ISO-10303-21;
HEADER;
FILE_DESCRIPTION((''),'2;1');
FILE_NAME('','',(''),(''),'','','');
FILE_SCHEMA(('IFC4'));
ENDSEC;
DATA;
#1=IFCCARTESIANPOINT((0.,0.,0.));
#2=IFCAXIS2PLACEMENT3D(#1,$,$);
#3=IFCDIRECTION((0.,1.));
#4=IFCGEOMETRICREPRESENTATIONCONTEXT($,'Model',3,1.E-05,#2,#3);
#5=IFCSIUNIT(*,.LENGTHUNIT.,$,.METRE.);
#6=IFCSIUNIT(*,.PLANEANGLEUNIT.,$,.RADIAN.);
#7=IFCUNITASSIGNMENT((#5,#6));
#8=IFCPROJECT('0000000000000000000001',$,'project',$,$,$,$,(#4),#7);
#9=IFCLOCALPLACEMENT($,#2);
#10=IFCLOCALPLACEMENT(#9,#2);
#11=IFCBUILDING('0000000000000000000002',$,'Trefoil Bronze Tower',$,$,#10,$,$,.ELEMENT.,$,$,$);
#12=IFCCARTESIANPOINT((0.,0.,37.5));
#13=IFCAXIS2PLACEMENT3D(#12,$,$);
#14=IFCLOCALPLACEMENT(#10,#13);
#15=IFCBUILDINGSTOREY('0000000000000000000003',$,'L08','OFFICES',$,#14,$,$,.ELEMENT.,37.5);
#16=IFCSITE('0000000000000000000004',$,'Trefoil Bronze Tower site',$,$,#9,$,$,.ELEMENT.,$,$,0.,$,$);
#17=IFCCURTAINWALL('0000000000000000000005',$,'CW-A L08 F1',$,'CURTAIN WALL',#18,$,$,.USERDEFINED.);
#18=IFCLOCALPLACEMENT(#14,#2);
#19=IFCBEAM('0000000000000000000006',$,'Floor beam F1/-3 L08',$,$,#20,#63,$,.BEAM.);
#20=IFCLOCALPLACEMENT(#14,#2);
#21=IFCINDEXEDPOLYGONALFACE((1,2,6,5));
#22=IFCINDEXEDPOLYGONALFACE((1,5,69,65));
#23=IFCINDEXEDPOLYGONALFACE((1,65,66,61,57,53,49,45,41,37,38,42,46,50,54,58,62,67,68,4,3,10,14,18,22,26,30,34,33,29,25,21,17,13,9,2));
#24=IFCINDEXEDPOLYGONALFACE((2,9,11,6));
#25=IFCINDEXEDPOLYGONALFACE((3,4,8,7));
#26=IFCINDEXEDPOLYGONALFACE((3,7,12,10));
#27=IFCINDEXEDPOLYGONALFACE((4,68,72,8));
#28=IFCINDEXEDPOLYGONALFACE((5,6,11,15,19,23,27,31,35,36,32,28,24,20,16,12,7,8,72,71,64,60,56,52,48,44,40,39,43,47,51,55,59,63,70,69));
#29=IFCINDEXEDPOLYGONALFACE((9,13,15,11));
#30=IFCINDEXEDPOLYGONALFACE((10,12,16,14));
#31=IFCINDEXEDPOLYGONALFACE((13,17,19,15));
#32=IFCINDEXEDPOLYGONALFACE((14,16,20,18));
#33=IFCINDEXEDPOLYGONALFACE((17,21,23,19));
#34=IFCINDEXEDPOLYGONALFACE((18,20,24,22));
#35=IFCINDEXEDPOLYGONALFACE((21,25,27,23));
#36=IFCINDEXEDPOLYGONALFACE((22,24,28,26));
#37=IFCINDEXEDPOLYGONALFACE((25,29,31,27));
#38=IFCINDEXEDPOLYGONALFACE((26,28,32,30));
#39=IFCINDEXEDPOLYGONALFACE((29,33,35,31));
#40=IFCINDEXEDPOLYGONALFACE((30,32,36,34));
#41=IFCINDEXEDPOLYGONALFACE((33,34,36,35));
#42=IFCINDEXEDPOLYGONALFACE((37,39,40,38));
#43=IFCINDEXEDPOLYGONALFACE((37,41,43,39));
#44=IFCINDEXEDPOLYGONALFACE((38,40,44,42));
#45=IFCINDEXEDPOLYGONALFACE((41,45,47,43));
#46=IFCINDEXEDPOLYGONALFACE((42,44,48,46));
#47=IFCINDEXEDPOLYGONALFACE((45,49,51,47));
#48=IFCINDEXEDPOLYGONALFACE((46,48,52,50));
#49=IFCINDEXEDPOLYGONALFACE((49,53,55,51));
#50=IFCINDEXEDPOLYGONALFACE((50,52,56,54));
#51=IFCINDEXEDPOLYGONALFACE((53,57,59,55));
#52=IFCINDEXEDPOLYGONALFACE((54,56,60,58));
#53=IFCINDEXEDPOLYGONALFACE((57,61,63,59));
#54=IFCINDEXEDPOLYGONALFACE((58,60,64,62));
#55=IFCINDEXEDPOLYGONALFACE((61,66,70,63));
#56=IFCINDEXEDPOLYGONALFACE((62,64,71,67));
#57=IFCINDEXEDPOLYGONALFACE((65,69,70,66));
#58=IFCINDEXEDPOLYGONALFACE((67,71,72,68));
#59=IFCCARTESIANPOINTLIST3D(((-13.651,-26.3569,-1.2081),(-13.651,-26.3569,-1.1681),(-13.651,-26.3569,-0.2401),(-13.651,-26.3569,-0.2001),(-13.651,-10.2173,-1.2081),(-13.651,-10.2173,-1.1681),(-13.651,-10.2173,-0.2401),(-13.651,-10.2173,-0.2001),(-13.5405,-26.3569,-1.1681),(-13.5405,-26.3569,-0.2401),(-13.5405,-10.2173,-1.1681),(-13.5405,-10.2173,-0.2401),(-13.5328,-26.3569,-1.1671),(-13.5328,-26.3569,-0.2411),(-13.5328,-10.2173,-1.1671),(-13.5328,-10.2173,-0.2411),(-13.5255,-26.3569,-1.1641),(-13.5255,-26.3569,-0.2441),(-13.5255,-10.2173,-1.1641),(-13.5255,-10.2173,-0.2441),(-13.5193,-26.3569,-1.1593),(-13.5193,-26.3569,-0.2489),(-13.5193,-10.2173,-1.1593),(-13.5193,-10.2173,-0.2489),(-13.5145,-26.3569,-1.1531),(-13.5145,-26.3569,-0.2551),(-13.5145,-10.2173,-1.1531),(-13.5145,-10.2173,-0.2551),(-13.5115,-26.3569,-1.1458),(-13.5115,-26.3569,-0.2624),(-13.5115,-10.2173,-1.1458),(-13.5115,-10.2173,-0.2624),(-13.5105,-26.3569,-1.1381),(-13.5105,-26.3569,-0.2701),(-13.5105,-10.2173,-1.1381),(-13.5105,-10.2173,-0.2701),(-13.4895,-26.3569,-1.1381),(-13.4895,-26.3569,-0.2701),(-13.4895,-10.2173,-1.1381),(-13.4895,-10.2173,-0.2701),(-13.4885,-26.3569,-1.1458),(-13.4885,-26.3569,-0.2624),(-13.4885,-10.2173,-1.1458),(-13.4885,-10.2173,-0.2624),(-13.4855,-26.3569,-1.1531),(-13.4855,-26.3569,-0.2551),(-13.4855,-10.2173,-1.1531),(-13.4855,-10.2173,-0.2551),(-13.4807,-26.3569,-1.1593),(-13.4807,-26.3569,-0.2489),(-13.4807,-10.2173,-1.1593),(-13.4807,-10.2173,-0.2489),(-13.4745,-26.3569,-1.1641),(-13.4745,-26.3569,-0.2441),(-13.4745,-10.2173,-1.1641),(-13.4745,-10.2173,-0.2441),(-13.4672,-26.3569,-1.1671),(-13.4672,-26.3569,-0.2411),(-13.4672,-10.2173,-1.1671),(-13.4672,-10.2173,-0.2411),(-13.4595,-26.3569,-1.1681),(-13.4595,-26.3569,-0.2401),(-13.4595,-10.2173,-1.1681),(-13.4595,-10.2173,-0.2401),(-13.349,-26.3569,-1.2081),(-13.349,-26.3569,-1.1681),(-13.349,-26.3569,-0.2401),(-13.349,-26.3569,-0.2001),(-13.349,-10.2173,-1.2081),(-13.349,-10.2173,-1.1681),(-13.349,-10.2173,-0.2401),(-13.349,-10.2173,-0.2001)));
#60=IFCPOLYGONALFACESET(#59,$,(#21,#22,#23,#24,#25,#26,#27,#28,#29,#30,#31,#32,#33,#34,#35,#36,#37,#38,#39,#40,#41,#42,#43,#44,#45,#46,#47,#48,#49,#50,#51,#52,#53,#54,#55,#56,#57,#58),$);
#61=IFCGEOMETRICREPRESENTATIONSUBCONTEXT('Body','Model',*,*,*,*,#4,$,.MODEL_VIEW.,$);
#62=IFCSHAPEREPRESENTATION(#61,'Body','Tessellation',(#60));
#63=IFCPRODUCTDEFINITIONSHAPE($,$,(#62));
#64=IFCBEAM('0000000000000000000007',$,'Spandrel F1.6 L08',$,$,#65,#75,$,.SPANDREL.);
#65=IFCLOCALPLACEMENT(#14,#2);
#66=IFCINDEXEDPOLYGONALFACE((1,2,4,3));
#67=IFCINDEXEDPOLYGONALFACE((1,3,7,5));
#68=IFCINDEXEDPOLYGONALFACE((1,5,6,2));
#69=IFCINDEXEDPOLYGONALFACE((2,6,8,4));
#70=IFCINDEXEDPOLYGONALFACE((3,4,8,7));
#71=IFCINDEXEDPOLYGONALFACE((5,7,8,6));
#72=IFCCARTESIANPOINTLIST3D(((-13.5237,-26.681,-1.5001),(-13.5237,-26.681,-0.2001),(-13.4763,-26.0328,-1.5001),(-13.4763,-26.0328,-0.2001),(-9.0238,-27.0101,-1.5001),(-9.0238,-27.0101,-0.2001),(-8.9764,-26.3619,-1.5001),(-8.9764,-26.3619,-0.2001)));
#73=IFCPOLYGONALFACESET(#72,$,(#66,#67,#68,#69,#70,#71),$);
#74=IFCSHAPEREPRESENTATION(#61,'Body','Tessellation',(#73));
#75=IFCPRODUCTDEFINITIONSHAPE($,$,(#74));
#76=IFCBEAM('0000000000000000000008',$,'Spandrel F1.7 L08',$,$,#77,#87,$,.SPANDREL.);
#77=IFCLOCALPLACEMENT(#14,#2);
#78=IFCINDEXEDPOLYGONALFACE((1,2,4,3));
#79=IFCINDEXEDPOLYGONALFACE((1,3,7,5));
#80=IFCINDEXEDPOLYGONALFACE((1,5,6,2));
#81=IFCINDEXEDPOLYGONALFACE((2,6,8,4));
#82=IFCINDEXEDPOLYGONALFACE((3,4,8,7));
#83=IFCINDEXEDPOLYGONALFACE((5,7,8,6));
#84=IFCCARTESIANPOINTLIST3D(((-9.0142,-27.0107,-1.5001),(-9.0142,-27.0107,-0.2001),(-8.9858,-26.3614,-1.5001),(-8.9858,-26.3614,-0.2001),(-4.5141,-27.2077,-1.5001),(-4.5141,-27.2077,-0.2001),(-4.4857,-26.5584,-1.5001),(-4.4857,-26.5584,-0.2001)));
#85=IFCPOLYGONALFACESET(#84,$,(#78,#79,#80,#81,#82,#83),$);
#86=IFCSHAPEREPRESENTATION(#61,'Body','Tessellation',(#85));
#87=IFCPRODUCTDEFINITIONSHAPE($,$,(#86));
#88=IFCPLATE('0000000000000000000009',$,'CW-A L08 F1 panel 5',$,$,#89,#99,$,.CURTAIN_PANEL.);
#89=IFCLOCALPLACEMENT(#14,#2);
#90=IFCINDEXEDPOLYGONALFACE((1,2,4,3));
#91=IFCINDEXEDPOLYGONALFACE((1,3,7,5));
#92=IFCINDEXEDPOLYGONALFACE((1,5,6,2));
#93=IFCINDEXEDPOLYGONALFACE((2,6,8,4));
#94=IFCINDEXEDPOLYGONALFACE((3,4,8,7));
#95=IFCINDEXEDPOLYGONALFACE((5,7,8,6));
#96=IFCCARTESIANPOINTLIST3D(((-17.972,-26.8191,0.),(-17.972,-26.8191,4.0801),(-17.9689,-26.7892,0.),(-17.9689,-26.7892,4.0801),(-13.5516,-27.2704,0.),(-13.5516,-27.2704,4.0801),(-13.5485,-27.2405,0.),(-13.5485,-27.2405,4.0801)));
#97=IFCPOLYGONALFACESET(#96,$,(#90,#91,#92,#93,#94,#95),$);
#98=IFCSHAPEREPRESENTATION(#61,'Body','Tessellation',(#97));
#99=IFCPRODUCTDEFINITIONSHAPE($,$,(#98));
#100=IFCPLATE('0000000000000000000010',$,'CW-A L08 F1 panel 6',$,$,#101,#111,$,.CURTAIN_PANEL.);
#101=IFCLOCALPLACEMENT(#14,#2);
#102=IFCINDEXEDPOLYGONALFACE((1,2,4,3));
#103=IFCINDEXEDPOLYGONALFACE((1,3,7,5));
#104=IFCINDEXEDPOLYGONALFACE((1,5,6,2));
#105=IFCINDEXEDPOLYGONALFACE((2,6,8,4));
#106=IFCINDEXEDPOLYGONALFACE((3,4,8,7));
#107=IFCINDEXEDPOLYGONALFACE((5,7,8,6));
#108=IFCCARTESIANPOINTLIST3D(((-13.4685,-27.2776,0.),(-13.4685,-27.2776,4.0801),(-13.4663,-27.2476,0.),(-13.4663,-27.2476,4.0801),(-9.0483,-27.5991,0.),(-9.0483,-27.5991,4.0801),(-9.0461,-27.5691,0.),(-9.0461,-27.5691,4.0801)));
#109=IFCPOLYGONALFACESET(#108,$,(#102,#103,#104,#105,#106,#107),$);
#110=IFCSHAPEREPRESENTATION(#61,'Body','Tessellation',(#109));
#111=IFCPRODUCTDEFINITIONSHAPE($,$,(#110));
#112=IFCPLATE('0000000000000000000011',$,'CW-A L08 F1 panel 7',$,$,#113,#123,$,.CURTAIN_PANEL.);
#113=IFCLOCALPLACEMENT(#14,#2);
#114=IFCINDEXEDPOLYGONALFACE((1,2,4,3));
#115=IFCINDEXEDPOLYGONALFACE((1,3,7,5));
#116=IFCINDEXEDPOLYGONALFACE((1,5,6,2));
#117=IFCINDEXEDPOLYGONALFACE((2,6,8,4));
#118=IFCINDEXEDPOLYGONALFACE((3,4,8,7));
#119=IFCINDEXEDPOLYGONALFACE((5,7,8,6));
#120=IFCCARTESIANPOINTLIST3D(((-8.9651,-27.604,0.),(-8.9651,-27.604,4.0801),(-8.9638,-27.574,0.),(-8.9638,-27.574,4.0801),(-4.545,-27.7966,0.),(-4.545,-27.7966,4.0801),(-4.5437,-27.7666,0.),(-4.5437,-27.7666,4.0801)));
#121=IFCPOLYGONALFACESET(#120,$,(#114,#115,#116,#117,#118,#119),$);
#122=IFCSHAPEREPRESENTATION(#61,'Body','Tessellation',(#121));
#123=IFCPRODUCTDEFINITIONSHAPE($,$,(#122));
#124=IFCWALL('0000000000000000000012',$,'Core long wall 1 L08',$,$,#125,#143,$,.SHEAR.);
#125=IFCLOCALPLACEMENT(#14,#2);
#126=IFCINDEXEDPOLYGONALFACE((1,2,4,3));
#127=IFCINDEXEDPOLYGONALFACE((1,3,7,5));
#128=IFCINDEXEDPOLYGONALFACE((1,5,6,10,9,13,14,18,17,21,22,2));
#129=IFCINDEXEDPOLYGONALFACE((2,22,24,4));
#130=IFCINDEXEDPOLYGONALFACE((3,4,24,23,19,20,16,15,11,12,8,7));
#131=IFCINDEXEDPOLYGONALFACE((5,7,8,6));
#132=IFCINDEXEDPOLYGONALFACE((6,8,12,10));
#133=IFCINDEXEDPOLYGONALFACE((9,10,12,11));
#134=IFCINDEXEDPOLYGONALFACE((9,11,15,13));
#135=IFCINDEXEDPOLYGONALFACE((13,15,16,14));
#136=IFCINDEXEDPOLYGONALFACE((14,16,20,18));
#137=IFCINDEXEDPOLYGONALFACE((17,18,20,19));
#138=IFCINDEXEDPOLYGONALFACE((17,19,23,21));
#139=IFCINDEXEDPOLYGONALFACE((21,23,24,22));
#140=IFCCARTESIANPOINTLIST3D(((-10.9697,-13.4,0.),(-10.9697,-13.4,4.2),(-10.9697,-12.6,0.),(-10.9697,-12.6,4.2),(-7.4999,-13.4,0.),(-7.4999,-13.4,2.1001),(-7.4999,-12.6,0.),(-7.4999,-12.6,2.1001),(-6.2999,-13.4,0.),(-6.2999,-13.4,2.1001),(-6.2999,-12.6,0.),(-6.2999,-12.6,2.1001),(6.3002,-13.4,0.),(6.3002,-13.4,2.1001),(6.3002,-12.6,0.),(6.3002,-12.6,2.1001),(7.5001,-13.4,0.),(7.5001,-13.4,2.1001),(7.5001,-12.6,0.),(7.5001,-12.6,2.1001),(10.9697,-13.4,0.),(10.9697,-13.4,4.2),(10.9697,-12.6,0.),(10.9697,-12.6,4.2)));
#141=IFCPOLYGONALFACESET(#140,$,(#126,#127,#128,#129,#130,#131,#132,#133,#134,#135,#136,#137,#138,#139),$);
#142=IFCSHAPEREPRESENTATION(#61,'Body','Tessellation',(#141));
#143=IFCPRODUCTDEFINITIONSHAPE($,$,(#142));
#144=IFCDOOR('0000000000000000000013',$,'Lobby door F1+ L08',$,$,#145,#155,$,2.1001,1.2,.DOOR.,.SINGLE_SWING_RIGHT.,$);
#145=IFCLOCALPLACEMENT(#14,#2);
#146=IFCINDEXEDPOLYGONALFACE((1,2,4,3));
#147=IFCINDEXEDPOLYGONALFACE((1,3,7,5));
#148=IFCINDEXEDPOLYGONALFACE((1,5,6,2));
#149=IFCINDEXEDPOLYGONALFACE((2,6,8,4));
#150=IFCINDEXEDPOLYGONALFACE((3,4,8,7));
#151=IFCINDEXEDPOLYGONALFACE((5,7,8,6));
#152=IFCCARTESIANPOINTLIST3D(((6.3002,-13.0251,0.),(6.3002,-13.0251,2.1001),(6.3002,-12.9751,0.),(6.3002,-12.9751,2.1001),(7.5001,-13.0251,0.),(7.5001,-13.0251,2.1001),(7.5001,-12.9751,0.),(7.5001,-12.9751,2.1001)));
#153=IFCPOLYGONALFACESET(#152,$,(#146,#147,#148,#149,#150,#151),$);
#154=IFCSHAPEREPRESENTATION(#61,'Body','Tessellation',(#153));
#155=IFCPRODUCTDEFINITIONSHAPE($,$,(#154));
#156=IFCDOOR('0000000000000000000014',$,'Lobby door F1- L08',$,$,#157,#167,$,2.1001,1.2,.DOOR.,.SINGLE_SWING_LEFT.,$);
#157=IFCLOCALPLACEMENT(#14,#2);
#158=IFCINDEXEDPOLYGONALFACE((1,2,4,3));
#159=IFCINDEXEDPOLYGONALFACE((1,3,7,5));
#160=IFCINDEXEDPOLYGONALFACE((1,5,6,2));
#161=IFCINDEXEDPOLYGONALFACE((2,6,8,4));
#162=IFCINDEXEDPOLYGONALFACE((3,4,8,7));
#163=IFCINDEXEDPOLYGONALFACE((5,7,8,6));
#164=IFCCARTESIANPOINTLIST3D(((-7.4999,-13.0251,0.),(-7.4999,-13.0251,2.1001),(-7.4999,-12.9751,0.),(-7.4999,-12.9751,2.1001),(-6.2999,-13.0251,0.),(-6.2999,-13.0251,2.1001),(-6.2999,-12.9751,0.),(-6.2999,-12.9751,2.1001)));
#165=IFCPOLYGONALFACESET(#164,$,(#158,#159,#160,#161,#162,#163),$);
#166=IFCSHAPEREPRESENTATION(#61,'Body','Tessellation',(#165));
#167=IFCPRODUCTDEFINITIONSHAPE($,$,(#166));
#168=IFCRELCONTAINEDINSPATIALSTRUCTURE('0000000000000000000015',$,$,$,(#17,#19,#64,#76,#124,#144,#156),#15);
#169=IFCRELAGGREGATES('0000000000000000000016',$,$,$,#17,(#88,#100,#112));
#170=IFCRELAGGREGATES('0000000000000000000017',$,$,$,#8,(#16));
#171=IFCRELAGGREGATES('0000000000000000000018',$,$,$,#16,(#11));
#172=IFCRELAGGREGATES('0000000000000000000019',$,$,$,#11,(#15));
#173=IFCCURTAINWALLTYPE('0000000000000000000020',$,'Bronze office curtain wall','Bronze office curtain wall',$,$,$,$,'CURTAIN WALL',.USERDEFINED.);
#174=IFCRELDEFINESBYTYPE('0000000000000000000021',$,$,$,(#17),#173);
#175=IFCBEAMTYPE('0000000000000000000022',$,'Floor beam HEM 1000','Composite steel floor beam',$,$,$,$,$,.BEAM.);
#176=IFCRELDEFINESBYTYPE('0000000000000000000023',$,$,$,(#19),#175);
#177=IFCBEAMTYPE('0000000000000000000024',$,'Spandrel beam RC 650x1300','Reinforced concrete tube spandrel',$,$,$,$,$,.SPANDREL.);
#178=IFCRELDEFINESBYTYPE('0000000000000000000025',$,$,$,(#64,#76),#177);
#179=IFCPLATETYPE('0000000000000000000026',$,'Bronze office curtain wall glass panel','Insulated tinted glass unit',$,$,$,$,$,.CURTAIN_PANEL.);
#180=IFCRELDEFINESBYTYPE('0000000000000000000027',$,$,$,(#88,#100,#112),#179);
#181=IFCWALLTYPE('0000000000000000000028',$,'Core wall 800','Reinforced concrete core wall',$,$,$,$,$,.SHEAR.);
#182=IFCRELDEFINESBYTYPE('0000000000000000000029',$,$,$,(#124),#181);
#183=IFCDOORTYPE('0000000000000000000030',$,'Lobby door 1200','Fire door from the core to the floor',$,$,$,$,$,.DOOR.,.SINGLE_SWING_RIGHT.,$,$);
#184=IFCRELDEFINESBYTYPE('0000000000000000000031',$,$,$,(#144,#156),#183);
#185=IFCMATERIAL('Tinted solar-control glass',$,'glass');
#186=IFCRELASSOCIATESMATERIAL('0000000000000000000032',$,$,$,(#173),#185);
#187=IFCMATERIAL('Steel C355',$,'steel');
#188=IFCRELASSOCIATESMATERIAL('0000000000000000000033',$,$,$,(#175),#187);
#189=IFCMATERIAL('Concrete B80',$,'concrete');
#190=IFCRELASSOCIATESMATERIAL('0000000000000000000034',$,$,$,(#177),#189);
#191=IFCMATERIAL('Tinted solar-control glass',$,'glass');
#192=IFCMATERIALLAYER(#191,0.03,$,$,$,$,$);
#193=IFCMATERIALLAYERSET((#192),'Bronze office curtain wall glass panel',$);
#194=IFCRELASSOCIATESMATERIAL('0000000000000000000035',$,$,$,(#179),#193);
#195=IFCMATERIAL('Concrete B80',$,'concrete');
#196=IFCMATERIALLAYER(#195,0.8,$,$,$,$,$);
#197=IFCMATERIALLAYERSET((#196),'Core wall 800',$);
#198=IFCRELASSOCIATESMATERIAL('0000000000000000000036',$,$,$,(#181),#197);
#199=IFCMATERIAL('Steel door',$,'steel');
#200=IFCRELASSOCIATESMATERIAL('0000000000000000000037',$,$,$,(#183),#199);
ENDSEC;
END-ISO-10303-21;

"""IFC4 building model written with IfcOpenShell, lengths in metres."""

from ifc_helpers import new_model, si_unit, direction, frame, frame_2d, origin, origin_2d, place, context, subcontext, project, spatial, rectangle, i_section, extrude, material, layer, layer_set, material_profile, profile_set, type_object, element, fill, aggregate, save


model = new_model("IFC4")

# Units and contexts
model_context = context("Model", 3, precision=1e-05, world=origin(), true_north=direction((0.0, 1.0)))
body_context = subcontext(model_context, "Body", "Model", "MODEL_VIEW")
ifc_project = project(units=[si_unit("LENGTHUNIT", "METRE"), si_unit("PLANEANGLEUNIT", "RADIAN")], contexts=[model_context])

# Site, building, storey
site_placement = place(None, origin())
site = spatial("IfcSite", under=ifc_project, at=site_placement, Name="Trefoil Bronze Tower site", CompositionType="ELEMENT", RefElevation=0.0)
building_placement = place(site_placement, origin())
building = spatial("IfcBuilding", under=site, at=building_placement, Name="Trefoil Bronze Tower", CompositionType="ELEMENT")
storey_placement = place(building_placement, frame((0.0, 0.0, 37.5)))
storey = spatial("IfcBuildingStorey", under=building, at=storey_placement, Name="L08", Description="OFFICES", CompositionType="ELEMENT", Elevation=37.5)

# Curtain wall
ifc_material_1 = material(Name="Tinted solar-control glass", Category="glass")
curtain_wall_type = type_object("IfcCurtainWallType", Name="Bronze office curtain wall", Description="Bronze office curtain wall", ElementType="CURTAIN WALL", PredefinedType="USERDEFINED", material=ifc_material_1)
curtain_wall_placement = place(storey_placement, origin())
curtain_wall = element("IfcCurtainWall", 1, at=curtain_wall_placement, inside=storey, type_object=curtain_wall_type, Name="CW-A L08 F1", ObjectType="CURTAIN WALL", PredefinedType="USERDEFINED")

# Beams
ifc_material_2 = material(Name="Steel C355", Category="steel")
ifc_material_profile_1 = material_profile(ifc_material_2, i_section(OverallWidth=0.302, OverallDepth=1.0081, WebThickness=0.021, FlangeThickness=0.04, FilletRadius=0.03, at=origin_2d()), Name="HEM 1000")
ifc_profile_set_1 = profile_set([ifc_material_profile_1], Name="Steel C355")
beam_type_1 = type_object("IfcBeamType", Name="Floor beam HEM 1000", Description="Composite steel floor beam", PredefinedType="BEAM", material=ifc_profile_set_1)
beam_1_placement = place(storey_placement, frame((-13.5, -26.3569, -0.7041), z_axis=(0.0, 1.0, 0.0), x_axis=(-1.0, 0.0, 0.0)))
element("IfcBeam", 2, at=beam_1_placement, inside=storey, type_object=beam_type_1, Name="Floor beam F1/-3 L08", PredefinedType="BEAM", context=body_context, shape_type="SweptSolid", body=[
    extrude(i_section(OverallWidth=0.302, OverallDepth=1.0081, WebThickness=0.021, FlangeThickness=0.04, FilletRadius=0.03, at=origin_2d()), origin(), (0.0, 0.0, 1.0), 16.1396),
])
ifc_material_3 = material(Name="Concrete B80", Category="concrete")
ifc_material_profile_2 = material_profile(ifc_material_3, rectangle(XDim=0.6499, YDim=1.3, at=origin_2d()), Name="RC 650x1300")
ifc_profile_set_2 = profile_set([ifc_material_profile_2], Name="Concrete B80")
beam_type_2 = type_object("IfcBeamType", Name="Spandrel beam RC 650x1300", Description="Reinforced concrete tube spandrel", PredefinedType="SPANDREL", material=ifc_profile_set_2)
beam_2_placement = place(storey_placement, frame((-13.5, -26.3569, -0.8501), z_axis=(0.997336, -0.072939, 0.0), x_axis=(0.072939, 0.997336, 0.0)))
element("IfcBeam", 3, at=beam_2_placement, inside=storey, type_object=beam_type_2, Name="Spandrel F1.6 L08", PredefinedType="SPANDREL", context=body_context, shape_type="SweptSolid", body=[
    extrude(rectangle(XDim=0.6499, YDim=1.3, at=origin_2d()), origin(), (0.0, 0.0, 1.0), 4.512),
])
beam_3_placement = place(storey_placement, frame((-9.0, -26.686, -0.8501), z_axis=(0.999043, -0.043741, 0.0), x_axis=(0.043741, 0.999043, 0.0)))
element("IfcBeam", 4, at=beam_3_placement, inside=storey, type_object=beam_type_2, Name="Spandrel F1.7 L08", PredefinedType="SPANDREL", context=body_context, shape_type="SweptSolid", body=[
    extrude(rectangle(XDim=0.6499, YDim=1.3, at=origin_2d()), origin(), (0.0, 0.0, 1.0), 4.5044),
])

# Plates
ifc_material_4 = material(Name="Tinted solar-control glass", Category="glass")
ifc_layer_1 = layer(ifc_material_4, 0.03)
ifc_layer_set_1 = layer_set([ifc_layer_1], Name="Bronze office curtain wall glass panel")
plate_type = type_object("IfcPlateType", Name="Bronze office curtain wall glass panel", Description="Insulated tinted glass unit", PredefinedType="CURTAIN_PANEL", material=ifc_layer_set_1)
plate_1_placement = place(storey_placement, frame((-15.7603, -27.0298, 0.0), z_axis=(0.0, 0.0, 1.0), x_axis=(0.994829, -0.101565, 0.0)))
plate_1 = element("IfcPlate", 5, at=plate_1_placement, type_object=plate_type, Name="CW-A L08 F1 panel 5", PredefinedType="CURTAIN_PANEL", context=body_context, shape_type="SweptSolid", body=[
    extrude(rectangle(XDim=4.4434, YDim=0.03, at=origin_2d()), origin(), (0.0, 0.0, 1.0), 4.0801),
])
plate_2_placement = place(storey_placement, frame((-11.2573, -27.4233, 0.0), z_axis=(0.0, 0.0, 1.0), x_axis=(0.997365, -0.072547, 0.0)))
plate_2 = element("IfcPlate", 6, at=plate_2_placement, type_object=plate_type, Name="CW-A L08 F1 panel 6", PredefinedType="CURTAIN_PANEL", context=body_context, shape_type="SweptSolid", body=[
    extrude(rectangle(XDim=4.4319, YDim=0.03, at=origin_2d()), origin(), (0.0, 0.0, 1.0), 4.0801),
])
plate_3_placement = place(storey_placement, frame((-6.7544, -27.6853, 0.0), z_axis=(0.0, 0.0, 1.0), x_axis=(0.999052, -0.043528, 0.0)))
plate_3 = element("IfcPlate", 7, at=plate_3_placement, type_object=plate_type, Name="CW-A L08 F1 panel 7", PredefinedType="CURTAIN_PANEL", context=body_context, shape_type="SweptSolid", body=[
    extrude(rectangle(XDim=4.4243, YDim=0.03, at=origin_2d()), origin(), (0.0, 0.0, 1.0), 4.0801),
])
aggregate(curtain_wall, [plate_1, plate_2, plate_3])

# Wall, openings, doors
ifc_material_5 = material(Name="Concrete B80", Category="concrete")
ifc_layer_2 = layer(ifc_material_5, 0.8)
ifc_layer_set_2 = layer_set([ifc_layer_2], Name="Core wall 800")
wall_type_1 = type_object("IfcWallType", Name="Core wall 800", Description="Reinforced concrete core wall", PredefinedType="SHEAR", material=ifc_layer_set_2)
wall_1_placement = place(storey_placement, frame((-10.9697, -13.0, 0.0), z_axis=(0.0, 0.0, 1.0), x_axis=(1.0, 0.0, 0.0)))
wall_1 = element("IfcWall", 8, at=wall_1_placement, inside=storey, type_object=wall_type_1, Name="Core long wall 1 L08", PredefinedType="SHEAR", context=body_context, shape_type="SweptSolid", body=[
    extrude(rectangle(XDim=21.9395, YDim=0.8, at=frame_2d((10.9697, 0.0))), origin(), (0.0, 0.0, 1.0), 4.2),
])
opening_1_placement = place(wall_1_placement, frame((17.2698, 0.0, 0.0)))
opening_1 = element("IfcOpeningElement", 9, at=opening_1_placement, cuts=wall_1, PredefinedType="OPENING", context=body_context, shape_type="SweptSolid", body=[
    extrude(rectangle(XDim=1.2, YDim=2.1001, at=frame_2d((0.6001, 1.05))), frame((0.0, 0.4099, 0.0), z_axis=(0.0, -1.0, 0.0), x_axis=(1.0, 0.0, 0.0)), (0.0, 0.0, 1.0), 0.8201),
])
opening_2_placement = place(wall_1_placement, frame((3.4697, 0.0, 0.0)))
opening_2 = element("IfcOpeningElement", 10, at=opening_2_placement, cuts=wall_1, PredefinedType="OPENING", context=body_context, shape_type="SweptSolid", body=[
    extrude(rectangle(XDim=1.2, YDim=2.1001, at=frame_2d((0.6001, 1.05))), frame((0.0, 0.4099, 0.0), z_axis=(0.0, -1.0, 0.0), x_axis=(1.0, 0.0, 0.0)), (0.0, 0.0, 1.0), 0.8201),
])
ifc_material_6 = material(Name="Steel door", Category="steel")
door_type_1 = type_object("IfcDoorType", Name="Lobby door 1200", Description="Fire door from the core to the floor", OperationType="SINGLE_SWING_RIGHT", PredefinedType="DOOR", material=ifc_material_6)
door_1_placement = place(opening_1_placement, origin())
door_1 = element("IfcDoor", 11, at=door_1_placement, inside=storey, type_object=door_type_1, Name="Lobby door F1+ L08", OperationType="SINGLE_SWING_RIGHT", OverallHeight=2.1001, OverallWidth=1.2, PredefinedType="DOOR", context=body_context, shape_type="SweptSolid", body=[
    extrude(rectangle(XDim=1.2, YDim=2.1001, at=frame_2d((0.6001, 1.05))), frame((0.0, 0.0249, 0.0), z_axis=(0.0, -1.0, 0.0), x_axis=(1.0, 0.0, 0.0)), (0.0, 0.0, 1.0), 0.05),
])
fill(opening_1, door_1)
door_2_placement = place(opening_2_placement, origin())
door_2 = element("IfcDoor", 12, at=door_2_placement, inside=storey, type_object=door_type_1, Name="Lobby door F1- L08", OperationType="SINGLE_SWING_LEFT", OverallHeight=2.1001, OverallWidth=1.2, PredefinedType="DOOR", context=body_context, shape_type="SweptSolid", body=[
    extrude(rectangle(XDim=1.2, YDim=2.1001, at=frame_2d((0.6001, 1.05))), frame((0.0, 0.0249, 0.0), z_axis=(0.0, -1.0, 0.0), x_axis=(1.0, 0.0, 0.0)), (0.0, 0.0, 1.0), 0.05),
])
fill(opening_2, door_2)

save(model, "model.ifc")
